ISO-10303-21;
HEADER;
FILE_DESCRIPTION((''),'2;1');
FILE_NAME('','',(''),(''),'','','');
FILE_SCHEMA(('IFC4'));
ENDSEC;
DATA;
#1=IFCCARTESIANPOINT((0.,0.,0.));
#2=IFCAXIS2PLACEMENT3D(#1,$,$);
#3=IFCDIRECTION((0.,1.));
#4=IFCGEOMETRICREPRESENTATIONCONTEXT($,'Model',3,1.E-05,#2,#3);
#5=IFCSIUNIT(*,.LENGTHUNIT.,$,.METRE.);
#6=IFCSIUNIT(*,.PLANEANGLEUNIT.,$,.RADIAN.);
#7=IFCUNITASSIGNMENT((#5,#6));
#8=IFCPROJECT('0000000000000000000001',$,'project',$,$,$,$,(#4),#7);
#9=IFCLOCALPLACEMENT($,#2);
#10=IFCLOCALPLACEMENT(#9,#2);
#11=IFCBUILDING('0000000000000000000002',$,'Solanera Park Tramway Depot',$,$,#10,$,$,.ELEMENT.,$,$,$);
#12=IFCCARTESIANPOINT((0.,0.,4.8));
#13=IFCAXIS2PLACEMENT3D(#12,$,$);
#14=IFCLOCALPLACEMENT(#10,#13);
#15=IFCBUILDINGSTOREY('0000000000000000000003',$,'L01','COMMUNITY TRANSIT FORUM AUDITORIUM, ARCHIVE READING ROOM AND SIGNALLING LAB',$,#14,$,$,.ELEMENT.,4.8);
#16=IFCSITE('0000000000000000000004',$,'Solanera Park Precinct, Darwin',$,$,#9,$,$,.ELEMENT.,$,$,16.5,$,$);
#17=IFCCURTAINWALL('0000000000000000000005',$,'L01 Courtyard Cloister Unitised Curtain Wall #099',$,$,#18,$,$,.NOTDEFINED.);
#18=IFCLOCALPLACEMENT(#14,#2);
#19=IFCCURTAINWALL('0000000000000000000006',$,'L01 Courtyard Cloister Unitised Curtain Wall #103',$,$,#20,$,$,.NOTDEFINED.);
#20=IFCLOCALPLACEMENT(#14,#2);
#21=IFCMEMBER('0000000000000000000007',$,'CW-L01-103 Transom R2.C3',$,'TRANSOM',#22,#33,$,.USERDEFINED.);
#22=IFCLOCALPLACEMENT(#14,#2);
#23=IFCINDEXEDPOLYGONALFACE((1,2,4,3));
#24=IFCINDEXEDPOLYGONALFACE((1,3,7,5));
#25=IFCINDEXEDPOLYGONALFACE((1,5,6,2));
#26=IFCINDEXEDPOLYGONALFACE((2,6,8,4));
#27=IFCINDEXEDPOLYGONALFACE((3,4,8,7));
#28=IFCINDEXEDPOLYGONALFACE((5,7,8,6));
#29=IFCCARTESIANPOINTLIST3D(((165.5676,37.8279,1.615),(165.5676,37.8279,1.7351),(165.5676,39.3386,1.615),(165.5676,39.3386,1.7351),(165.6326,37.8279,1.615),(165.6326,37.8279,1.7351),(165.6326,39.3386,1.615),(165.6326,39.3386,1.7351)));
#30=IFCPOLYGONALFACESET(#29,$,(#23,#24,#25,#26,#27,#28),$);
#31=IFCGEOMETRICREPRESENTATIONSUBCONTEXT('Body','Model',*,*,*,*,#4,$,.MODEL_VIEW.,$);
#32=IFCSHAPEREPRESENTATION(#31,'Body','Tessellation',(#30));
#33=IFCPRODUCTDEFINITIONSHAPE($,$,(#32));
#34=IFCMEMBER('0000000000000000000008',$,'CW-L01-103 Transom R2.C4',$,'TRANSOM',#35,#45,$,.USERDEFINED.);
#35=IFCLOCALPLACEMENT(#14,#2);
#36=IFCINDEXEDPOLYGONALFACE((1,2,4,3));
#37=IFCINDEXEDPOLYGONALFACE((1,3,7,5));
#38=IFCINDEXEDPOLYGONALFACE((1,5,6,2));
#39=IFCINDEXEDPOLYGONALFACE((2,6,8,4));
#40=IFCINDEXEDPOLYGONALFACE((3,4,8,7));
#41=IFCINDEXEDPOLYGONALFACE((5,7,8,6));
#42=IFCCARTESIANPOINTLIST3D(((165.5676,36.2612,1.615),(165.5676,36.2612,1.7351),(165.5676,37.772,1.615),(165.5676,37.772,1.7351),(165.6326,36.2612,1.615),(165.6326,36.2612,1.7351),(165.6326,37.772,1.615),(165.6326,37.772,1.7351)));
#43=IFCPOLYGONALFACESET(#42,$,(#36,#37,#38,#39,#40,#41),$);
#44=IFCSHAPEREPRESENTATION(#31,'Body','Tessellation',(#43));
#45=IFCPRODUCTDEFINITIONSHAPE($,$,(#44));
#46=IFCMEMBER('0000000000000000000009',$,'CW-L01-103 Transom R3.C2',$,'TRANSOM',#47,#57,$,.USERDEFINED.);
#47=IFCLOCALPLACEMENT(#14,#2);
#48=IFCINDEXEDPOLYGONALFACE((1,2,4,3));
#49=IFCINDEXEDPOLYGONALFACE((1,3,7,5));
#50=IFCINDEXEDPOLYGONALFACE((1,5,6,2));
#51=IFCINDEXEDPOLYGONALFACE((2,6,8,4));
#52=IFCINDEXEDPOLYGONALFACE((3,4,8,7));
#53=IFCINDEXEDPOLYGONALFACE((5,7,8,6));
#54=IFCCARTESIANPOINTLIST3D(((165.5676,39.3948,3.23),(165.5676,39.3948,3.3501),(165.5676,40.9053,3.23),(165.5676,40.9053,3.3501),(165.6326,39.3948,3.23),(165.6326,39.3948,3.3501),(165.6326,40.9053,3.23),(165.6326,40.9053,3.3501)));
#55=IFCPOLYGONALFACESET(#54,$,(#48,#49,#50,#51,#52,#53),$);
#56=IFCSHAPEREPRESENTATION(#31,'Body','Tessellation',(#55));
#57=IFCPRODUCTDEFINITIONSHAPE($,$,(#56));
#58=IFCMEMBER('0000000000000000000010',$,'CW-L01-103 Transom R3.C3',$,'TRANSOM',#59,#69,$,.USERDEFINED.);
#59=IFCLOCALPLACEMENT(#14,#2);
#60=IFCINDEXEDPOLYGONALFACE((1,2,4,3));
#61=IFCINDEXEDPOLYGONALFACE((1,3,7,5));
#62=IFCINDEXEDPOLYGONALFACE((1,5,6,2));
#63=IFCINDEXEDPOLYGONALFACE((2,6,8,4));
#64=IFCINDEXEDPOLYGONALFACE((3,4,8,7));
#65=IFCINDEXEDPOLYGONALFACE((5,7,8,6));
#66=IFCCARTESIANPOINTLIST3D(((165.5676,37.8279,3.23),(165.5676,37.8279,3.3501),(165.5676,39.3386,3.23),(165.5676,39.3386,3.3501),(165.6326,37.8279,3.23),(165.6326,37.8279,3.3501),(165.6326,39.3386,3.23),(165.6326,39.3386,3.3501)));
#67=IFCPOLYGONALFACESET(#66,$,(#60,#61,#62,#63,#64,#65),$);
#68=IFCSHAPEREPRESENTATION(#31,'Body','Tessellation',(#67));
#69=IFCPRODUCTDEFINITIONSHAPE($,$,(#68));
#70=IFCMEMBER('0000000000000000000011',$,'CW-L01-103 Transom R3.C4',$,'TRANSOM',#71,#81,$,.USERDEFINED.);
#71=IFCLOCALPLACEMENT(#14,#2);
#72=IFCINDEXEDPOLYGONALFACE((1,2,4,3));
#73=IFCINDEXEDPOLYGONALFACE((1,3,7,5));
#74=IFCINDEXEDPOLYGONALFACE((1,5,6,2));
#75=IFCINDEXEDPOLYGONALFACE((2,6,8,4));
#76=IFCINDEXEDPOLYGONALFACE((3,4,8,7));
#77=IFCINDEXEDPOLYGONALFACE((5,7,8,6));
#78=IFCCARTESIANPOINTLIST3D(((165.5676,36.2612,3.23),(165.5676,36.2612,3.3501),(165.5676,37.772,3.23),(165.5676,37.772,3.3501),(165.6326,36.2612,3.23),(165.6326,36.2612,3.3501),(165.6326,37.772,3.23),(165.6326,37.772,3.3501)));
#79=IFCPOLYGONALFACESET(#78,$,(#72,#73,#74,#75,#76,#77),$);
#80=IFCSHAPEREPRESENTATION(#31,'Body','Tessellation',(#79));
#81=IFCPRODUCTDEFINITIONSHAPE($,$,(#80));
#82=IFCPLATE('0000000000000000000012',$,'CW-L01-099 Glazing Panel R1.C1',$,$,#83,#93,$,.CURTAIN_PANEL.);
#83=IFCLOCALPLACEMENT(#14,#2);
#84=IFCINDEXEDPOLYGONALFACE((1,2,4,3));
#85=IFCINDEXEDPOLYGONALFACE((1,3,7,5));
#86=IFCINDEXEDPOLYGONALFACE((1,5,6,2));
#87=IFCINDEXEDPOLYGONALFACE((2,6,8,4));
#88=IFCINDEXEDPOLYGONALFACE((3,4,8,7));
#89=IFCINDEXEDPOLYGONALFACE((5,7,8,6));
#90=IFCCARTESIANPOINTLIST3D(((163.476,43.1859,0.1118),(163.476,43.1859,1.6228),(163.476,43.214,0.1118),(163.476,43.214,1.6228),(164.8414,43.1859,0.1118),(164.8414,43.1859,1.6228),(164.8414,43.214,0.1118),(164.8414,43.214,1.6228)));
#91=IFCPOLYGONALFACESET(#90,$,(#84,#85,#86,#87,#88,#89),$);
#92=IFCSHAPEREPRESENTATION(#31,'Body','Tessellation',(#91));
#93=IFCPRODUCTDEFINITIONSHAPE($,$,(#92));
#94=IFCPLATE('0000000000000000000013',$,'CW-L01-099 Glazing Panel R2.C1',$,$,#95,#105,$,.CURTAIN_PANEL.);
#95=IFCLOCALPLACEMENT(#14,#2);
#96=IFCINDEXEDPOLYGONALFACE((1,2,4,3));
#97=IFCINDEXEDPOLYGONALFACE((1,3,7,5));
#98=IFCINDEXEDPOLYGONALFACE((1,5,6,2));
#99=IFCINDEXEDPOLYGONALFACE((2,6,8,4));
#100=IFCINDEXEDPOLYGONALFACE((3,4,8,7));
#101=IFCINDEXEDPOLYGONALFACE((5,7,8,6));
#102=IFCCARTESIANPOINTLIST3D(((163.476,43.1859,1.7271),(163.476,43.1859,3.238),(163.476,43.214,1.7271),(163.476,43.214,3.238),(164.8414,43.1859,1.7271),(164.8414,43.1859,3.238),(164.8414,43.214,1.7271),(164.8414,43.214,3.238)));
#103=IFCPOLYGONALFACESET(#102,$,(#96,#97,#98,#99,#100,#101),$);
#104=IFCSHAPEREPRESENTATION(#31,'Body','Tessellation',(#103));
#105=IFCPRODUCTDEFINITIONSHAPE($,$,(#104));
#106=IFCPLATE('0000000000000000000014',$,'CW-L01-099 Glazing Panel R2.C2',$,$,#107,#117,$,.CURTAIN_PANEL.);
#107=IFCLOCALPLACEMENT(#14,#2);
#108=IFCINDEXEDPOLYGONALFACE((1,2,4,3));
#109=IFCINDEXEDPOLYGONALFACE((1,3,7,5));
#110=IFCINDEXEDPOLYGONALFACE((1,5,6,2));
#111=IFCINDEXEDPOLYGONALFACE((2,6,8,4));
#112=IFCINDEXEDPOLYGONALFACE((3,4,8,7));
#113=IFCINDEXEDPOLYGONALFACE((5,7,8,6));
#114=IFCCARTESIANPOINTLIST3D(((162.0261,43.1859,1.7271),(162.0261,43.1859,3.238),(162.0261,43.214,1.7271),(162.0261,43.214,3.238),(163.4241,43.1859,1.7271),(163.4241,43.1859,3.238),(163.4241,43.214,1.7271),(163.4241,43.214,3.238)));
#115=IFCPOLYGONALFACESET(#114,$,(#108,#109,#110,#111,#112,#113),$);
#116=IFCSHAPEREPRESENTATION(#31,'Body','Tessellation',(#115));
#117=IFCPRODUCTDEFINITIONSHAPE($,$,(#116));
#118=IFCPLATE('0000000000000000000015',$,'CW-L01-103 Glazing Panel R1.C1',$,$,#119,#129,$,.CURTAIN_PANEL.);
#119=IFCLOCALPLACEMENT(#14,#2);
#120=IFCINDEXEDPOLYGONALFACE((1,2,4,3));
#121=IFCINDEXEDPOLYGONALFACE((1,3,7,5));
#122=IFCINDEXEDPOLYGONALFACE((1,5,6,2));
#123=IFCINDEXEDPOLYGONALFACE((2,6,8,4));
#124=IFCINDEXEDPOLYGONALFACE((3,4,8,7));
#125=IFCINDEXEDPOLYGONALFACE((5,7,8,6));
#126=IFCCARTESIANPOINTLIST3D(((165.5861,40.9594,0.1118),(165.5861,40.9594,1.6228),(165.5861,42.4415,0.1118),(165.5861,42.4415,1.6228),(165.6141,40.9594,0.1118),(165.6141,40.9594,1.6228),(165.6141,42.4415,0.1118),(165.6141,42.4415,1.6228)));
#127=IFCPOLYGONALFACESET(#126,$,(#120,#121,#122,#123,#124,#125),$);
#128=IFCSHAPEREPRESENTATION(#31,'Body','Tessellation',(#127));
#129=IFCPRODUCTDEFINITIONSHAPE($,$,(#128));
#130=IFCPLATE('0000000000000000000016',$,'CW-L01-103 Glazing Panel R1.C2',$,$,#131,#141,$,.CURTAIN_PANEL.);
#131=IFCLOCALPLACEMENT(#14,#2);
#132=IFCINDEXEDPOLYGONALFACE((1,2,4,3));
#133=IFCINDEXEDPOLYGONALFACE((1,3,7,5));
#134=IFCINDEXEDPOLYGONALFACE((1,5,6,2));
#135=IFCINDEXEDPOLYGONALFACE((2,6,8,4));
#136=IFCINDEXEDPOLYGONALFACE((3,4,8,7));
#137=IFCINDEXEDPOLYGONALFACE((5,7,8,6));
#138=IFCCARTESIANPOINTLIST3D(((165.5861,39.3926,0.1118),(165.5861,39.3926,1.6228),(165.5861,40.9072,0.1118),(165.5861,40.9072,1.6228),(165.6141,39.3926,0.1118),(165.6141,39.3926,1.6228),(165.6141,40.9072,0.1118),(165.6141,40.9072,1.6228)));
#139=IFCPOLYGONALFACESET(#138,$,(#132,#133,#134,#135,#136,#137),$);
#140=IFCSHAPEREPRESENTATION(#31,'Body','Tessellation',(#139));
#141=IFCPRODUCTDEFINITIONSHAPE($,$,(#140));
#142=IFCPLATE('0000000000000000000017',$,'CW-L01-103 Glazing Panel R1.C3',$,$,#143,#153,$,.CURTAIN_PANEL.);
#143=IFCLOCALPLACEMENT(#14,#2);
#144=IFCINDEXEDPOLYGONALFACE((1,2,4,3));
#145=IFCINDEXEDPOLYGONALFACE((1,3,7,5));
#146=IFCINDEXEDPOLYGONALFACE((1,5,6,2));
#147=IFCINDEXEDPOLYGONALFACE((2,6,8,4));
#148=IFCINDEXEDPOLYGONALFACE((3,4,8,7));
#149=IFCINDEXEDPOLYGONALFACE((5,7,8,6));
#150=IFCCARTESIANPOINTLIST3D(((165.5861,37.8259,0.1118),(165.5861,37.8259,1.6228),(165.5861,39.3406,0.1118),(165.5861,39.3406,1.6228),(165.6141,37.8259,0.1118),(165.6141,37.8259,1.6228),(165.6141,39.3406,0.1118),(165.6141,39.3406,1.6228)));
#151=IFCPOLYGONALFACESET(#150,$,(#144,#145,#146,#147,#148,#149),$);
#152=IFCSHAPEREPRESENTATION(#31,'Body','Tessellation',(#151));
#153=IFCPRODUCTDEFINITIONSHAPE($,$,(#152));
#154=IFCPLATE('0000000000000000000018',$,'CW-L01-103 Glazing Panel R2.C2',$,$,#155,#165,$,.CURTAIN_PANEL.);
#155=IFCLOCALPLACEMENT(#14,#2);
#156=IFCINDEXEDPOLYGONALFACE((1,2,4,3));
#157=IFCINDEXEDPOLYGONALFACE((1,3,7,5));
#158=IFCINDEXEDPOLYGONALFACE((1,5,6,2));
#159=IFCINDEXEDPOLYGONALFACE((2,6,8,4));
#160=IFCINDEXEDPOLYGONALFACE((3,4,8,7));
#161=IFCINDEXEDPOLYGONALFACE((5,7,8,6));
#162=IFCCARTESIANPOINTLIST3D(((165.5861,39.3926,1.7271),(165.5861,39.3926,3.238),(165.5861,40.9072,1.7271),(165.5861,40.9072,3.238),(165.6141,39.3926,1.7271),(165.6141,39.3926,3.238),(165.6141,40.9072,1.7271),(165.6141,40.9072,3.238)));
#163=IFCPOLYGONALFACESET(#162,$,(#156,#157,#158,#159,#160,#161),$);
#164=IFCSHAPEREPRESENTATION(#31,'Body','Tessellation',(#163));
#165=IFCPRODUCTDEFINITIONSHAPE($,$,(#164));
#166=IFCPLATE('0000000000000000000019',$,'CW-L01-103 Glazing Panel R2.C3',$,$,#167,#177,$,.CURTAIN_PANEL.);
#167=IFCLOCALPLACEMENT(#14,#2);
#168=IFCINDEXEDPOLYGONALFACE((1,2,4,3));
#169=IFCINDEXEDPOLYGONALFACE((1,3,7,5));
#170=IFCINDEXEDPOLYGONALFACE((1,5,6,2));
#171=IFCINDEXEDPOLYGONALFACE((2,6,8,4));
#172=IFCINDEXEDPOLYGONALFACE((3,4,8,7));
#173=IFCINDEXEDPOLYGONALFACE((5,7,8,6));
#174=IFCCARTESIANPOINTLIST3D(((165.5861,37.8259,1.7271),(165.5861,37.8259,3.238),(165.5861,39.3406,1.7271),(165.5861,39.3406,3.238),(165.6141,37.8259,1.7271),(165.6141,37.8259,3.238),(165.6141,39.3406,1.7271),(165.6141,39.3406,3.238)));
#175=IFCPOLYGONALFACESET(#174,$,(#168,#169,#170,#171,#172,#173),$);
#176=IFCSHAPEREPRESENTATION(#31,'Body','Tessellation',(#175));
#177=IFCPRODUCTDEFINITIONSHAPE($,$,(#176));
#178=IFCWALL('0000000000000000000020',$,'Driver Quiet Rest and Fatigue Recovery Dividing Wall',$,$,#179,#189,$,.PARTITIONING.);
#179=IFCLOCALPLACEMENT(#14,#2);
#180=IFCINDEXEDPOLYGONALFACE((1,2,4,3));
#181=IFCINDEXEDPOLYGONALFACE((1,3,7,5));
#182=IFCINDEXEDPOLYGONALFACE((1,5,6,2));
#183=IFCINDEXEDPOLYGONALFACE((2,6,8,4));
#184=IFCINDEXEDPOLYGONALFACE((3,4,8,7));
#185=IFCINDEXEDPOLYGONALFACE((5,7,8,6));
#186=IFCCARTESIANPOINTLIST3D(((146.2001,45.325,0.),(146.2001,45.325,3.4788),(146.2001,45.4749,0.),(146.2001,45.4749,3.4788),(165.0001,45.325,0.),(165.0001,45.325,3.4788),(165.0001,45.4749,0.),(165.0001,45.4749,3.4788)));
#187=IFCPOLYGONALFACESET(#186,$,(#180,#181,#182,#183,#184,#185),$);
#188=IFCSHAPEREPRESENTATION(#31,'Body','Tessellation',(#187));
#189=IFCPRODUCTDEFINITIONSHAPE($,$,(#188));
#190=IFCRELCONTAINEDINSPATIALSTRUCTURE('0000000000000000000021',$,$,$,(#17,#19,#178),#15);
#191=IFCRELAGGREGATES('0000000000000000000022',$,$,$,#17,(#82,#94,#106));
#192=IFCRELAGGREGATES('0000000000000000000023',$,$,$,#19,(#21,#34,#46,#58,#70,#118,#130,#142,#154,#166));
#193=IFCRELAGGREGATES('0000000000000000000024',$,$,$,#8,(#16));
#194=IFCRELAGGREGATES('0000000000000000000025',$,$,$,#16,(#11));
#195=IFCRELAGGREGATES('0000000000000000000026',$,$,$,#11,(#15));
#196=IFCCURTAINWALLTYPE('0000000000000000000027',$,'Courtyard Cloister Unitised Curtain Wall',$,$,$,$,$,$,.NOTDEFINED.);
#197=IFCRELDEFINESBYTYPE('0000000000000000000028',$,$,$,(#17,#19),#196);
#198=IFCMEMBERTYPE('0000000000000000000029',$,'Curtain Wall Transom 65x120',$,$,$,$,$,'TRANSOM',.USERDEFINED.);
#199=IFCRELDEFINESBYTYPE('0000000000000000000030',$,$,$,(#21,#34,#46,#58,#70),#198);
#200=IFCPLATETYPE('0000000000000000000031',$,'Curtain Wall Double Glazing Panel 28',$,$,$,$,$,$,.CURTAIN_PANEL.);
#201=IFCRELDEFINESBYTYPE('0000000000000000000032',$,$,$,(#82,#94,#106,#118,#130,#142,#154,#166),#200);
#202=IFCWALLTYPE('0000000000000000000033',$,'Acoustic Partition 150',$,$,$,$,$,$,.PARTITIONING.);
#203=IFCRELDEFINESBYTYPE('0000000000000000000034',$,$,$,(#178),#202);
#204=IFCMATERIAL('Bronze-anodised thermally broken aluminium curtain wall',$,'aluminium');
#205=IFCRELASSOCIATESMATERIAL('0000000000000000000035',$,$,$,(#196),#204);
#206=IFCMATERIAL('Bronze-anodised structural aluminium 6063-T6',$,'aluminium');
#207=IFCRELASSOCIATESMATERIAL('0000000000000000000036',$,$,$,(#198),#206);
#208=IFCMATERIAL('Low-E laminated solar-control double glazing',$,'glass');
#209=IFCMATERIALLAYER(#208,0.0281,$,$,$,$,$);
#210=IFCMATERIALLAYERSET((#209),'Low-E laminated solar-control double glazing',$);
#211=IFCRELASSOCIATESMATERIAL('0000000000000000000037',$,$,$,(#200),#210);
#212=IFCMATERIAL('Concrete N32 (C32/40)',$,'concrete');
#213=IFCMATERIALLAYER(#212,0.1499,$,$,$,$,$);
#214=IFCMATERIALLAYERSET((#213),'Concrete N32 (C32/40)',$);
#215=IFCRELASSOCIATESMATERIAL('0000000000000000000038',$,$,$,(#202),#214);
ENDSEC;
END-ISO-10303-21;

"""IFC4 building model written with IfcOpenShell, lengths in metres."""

from ifc_helpers import new_model, si_unit, direction, frame, frame_2d, origin, origin_2d, place, context, subcontext, project, spatial, rectangle, extrude, material, layer, layer_set, material_profile, profile_set, type_object, element, aggregate, save


model = new_model("IFC4")

# Units and contexts
model_context = context("Model", 3, precision=1e-05, world=origin(), true_north=direction((0.0, 1.0)))
body_context = subcontext(model_context, "Body", "Model", "MODEL_VIEW")
ifc_project = project(units=[si_unit("LENGTHUNIT", "METRE"), si_unit("PLANEANGLEUNIT", "RADIAN")], contexts=[model_context])

# Site, building, storey
site_placement = place(None, origin())
site = spatial("IfcSite", under=ifc_project, at=site_placement, Name="Solanera Park Precinct, Darwin", CompositionType="ELEMENT", RefElevation=16.5)
building_placement = place(site_placement, origin())
building = spatial("IfcBuilding", under=site, at=building_placement, Name="Solanera Park Tramway Depot", CompositionType="ELEMENT")
storey_placement = place(building_placement, frame((0.0, 0.0, 4.8)))
storey = spatial("IfcBuildingStorey", under=building, at=storey_placement, Name="L01", Description="COMMUNITY TRANSIT FORUM AUDITORIUM, ARCHIVE READING ROOM AND SIGNALLING LAB", CompositionType="ELEMENT", Elevation=4.8)

# Curtain walls
ifc_material_1 = material(Name="Bronze-anodised thermally broken aluminium curtain wall", Category="aluminium")
curtain_wall_type = type_object("IfcCurtainWallType", Name="Courtyard Cloister Unitised Curtain Wall", PredefinedType="NOTDEFINED", material=ifc_material_1)
curtain_wall_1_placement = place(storey_placement, origin())
curtain_wall_1 = element("IfcCurtainWall", 1, at=curtain_wall_1_placement, inside=storey, type_object=curtain_wall_type, Name="L01 Courtyard Cloister Unitised Curtain Wall #099", PredefinedType="NOTDEFINED")
curtain_wall_2_placement = place(storey_placement, origin())
curtain_wall_2 = element("IfcCurtainWall", 2, at=curtain_wall_2_placement, inside=storey, type_object=curtain_wall_type, Name="L01 Courtyard Cloister Unitised Curtain Wall #103", PredefinedType="NOTDEFINED")

# Members
ifc_material_2 = material(Name="Bronze-anodised structural aluminium 6063-T6", Category="aluminium")
ifc_material_profile_1 = material_profile(ifc_material_2, rectangle(XDim=0.0649, YDim=0.1201, at=origin_2d()), Name="Curtain Wall Transom 65x120")
ifc_profile_set_1 = profile_set([ifc_material_profile_1], Name="Bronze-anodised structural aluminium 6063-T6")
member_type_1 = type_object("IfcMemberType", Name="Curtain Wall Transom 65x120", ElementType="TRANSOM", PredefinedType="USERDEFINED", material=ifc_profile_set_1)
member_1_placement = place(storey_placement, frame((165.6001, 39.3386, 1.675), z_axis=(0.0, -1.0, 0.0), x_axis=(1.0, 0.0, 0.0)))
member_1 = element("IfcMember", 3, at=member_1_placement, type_object=member_type_1, Name="CW-L01-103 Transom R2.C3", ObjectType="TRANSOM", PredefinedType="USERDEFINED", context=body_context, shape_type="SweptSolid", body=[
    extrude(rectangle(XDim=0.0649, YDim=0.1201, at=origin_2d()), origin(), (0.0, 0.0, 1.0), 1.5107),
])
member_2_placement = place(storey_placement, frame((165.6001, 37.772, 1.675), z_axis=(0.0, -1.0, 0.0), x_axis=(1.0, 0.0, 0.0)))
member_2 = element("IfcMember", 4, at=member_2_placement, type_object=member_type_1, Name="CW-L01-103 Transom R2.C4", ObjectType="TRANSOM", PredefinedType="USERDEFINED", context=body_context, shape_type="SweptSolid", body=[
    extrude(rectangle(XDim=0.0649, YDim=0.1201, at=origin_2d()), origin(), (0.0, 0.0, 1.0), 1.5107),
])
member_3_placement = place(storey_placement, frame((165.6001, 40.9053, 3.29), z_axis=(0.0, -1.0, 0.0), x_axis=(1.0, 0.0, 0.0)))
member_3 = element("IfcMember", 5, at=member_3_placement, type_object=member_type_1, Name="CW-L01-103 Transom R3.C2", ObjectType="TRANSOM", PredefinedType="USERDEFINED", context=body_context, shape_type="SweptSolid", body=[
    extrude(rectangle(XDim=0.0649, YDim=0.1201, at=origin_2d()), origin(), (0.0, 0.0, 1.0), 1.5105),
])
member_4_placement = place(storey_placement, frame((165.6001, 39.3386, 3.29), z_axis=(0.0, -1.0, 0.0), x_axis=(1.0, 0.0, 0.0)))
member_4 = element("IfcMember", 6, at=member_4_placement, type_object=member_type_1, Name="CW-L01-103 Transom R3.C3", ObjectType="TRANSOM", PredefinedType="USERDEFINED", context=body_context, shape_type="SweptSolid", body=[
    extrude(rectangle(XDim=0.0649, YDim=0.1201, at=origin_2d()), origin(), (0.0, 0.0, 1.0), 1.5107),
])
member_5_placement = place(storey_placement, frame((165.6001, 37.772, 3.29), z_axis=(0.0, -1.0, 0.0), x_axis=(1.0, 0.0, 0.0)))
member_5 = element("IfcMember", 7, at=member_5_placement, type_object=member_type_1, Name="CW-L01-103 Transom R3.C4", ObjectType="TRANSOM", PredefinedType="USERDEFINED", context=body_context, shape_type="SweptSolid", body=[
    extrude(rectangle(XDim=0.0649, YDim=0.1201, at=origin_2d()), origin(), (0.0, 0.0, 1.0), 1.5107),
])

# Plates
ifc_material_3 = material(Name="Low-E laminated solar-control double glazing", Category="glass")
ifc_layer_1 = layer(ifc_material_3, 0.0281)
ifc_layer_set_1 = layer_set([ifc_layer_1], Name="Low-E laminated solar-control double glazing")
plate_type = type_object("IfcPlateType", Name="Curtain Wall Double Glazing Panel 28", PredefinedType="CURTAIN_PANEL", material=ifc_layer_set_1)
plate_1_placement = place(storey_placement, frame((164.1587, 43.2, 0.1118), z_axis=(0.0, 0.0, 1.0), x_axis=(-1.0, 0.0, 0.0)))
plate_1 = element("IfcPlate", 8, at=plate_1_placement, type_object=plate_type, Name="CW-L01-099 Glazing Panel R1.C1", PredefinedType="CURTAIN_PANEL", context=body_context, shape_type="SweptSolid", body=[
    extrude(rectangle(XDim=1.3655, YDim=0.0281, at=origin_2d()), origin(), (0.0, 0.0, 1.0), 1.511),
])
plate_2_placement = place(storey_placement, frame((164.1587, 43.2, 1.7271), z_axis=(0.0, 0.0, 1.0), x_axis=(-1.0, 0.0, 0.0)))
plate_2 = element("IfcPlate", 9, at=plate_2_placement, type_object=plate_type, Name="CW-L01-099 Glazing Panel R2.C1", PredefinedType="CURTAIN_PANEL", context=body_context, shape_type="SweptSolid", body=[
    extrude(rectangle(XDim=1.3655, YDim=0.0281, at=origin_2d()), origin(), (0.0, 0.0, 1.0), 1.511),
])
plate_3_placement = place(storey_placement, frame((162.7251, 43.2, 1.7271), z_axis=(0.0, 0.0, 1.0), x_axis=(-1.0, 0.0, 0.0)))
plate_3 = element("IfcPlate", 10, at=plate_3_placement, type_object=plate_type, Name="CW-L01-099 Glazing Panel R2.C2", PredefinedType="CURTAIN_PANEL", context=body_context, shape_type="SweptSolid", body=[
    extrude(rectangle(XDim=1.3979, YDim=0.0281, at=origin_2d()), origin(), (0.0, 0.0, 1.0), 1.511),
])
aggregate(curtain_wall_1, [plate_1, plate_2, plate_3])
plate_4_placement = place(storey_placement, frame((165.6001, 41.7004, 0.1118), z_axis=(0.0, 0.0, 1.0), x_axis=(0.0, -1.0, 0.0)))
plate_4 = element("IfcPlate", 11, at=plate_4_placement, type_object=plate_type, Name="CW-L01-103 Glazing Panel R1.C1", PredefinedType="CURTAIN_PANEL", context=body_context, shape_type="SweptSolid", body=[
    extrude(rectangle(XDim=1.4822, YDim=0.0281, at=origin_2d()), origin(), (0.0, 0.0, 1.0), 1.511),
])
plate_5_placement = place(storey_placement, frame((165.6001, 40.1499, 0.1118), z_axis=(0.0, 0.0, 1.0), x_axis=(0.0, -1.0, 0.0)))
plate_5 = element("IfcPlate", 12, at=plate_5_placement, type_object=plate_type, Name="CW-L01-103 Glazing Panel R1.C2", PredefinedType="CURTAIN_PANEL", context=body_context, shape_type="SweptSolid", body=[
    extrude(rectangle(XDim=1.5146, YDim=0.0281, at=origin_2d()), origin(), (0.0, 0.0, 1.0), 1.511),
])
plate_6_placement = place(storey_placement, frame((165.6001, 38.5833, 0.1118), z_axis=(0.0, 0.0, 1.0), x_axis=(0.0, -1.0, 0.0)))
plate_6 = element("IfcPlate", 13, at=plate_6_placement, type_object=plate_type, Name="CW-L01-103 Glazing Panel R1.C3", PredefinedType="CURTAIN_PANEL", context=body_context, shape_type="SweptSolid", body=[
    extrude(rectangle(XDim=1.5146, YDim=0.0281, at=origin_2d()), origin(), (0.0, 0.0, 1.0), 1.511),
])
plate_7_placement = place(storey_placement, frame((165.6001, 40.1499, 1.7271), z_axis=(0.0, 0.0, 1.0), x_axis=(0.0, -1.0, 0.0)))
plate_7 = element("IfcPlate", 14, at=plate_7_placement, type_object=plate_type, Name="CW-L01-103 Glazing Panel R2.C2", PredefinedType="CURTAIN_PANEL", context=body_context, shape_type="SweptSolid", body=[
    extrude(rectangle(XDim=1.5146, YDim=0.0281, at=origin_2d()), origin(), (0.0, 0.0, 1.0), 1.511),
])
plate_8_placement = place(storey_placement, frame((165.6001, 38.5833, 1.7271), z_axis=(0.0, 0.0, 1.0), x_axis=(0.0, -1.0, 0.0)))
plate_8 = element("IfcPlate", 15, at=plate_8_placement, type_object=plate_type, Name="CW-L01-103 Glazing Panel R2.C3", PredefinedType="CURTAIN_PANEL", context=body_context, shape_type="SweptSolid", body=[
    extrude(rectangle(XDim=1.5146, YDim=0.0281, at=origin_2d()), origin(), (0.0, 0.0, 1.0), 1.511),
])
aggregate(curtain_wall_2, [member_1, member_2, member_3, member_4, member_5, plate_4, plate_5, plate_6, plate_7, plate_8])

# Wall
ifc_material_4 = material(Name="Concrete N32 (C32/40)", Category="concrete")
ifc_layer_2 = layer(ifc_material_4, 0.1499)
ifc_layer_set_2 = layer_set([ifc_layer_2], Name="Concrete N32 (C32/40)")
wall_type = type_object("IfcWallType", Name="Acoustic Partition 150", PredefinedType="PARTITIONING", material=ifc_layer_set_2)
wall_1_placement = place(storey_placement, frame((165.0, 45.3999, 0.0), z_axis=(0.0, 0.0, 1.0), x_axis=(-1.0, 0.0, 0.0)))
element("IfcWall", 16, at=wall_1_placement, inside=storey, type_object=wall_type, Name="Driver Quiet Rest and Fatigue Recovery Dividing Wall", PredefinedType="PARTITIONING", context=body_context, shape_type="SweptSolid", body=[
    extrude(rectangle(XDim=18.8, YDim=0.1499, at=frame_2d((9.3999, 0.0))), origin(), (0.0, 0.0, 1.0), 3.4788),
])

save(model, "model.ifc")
